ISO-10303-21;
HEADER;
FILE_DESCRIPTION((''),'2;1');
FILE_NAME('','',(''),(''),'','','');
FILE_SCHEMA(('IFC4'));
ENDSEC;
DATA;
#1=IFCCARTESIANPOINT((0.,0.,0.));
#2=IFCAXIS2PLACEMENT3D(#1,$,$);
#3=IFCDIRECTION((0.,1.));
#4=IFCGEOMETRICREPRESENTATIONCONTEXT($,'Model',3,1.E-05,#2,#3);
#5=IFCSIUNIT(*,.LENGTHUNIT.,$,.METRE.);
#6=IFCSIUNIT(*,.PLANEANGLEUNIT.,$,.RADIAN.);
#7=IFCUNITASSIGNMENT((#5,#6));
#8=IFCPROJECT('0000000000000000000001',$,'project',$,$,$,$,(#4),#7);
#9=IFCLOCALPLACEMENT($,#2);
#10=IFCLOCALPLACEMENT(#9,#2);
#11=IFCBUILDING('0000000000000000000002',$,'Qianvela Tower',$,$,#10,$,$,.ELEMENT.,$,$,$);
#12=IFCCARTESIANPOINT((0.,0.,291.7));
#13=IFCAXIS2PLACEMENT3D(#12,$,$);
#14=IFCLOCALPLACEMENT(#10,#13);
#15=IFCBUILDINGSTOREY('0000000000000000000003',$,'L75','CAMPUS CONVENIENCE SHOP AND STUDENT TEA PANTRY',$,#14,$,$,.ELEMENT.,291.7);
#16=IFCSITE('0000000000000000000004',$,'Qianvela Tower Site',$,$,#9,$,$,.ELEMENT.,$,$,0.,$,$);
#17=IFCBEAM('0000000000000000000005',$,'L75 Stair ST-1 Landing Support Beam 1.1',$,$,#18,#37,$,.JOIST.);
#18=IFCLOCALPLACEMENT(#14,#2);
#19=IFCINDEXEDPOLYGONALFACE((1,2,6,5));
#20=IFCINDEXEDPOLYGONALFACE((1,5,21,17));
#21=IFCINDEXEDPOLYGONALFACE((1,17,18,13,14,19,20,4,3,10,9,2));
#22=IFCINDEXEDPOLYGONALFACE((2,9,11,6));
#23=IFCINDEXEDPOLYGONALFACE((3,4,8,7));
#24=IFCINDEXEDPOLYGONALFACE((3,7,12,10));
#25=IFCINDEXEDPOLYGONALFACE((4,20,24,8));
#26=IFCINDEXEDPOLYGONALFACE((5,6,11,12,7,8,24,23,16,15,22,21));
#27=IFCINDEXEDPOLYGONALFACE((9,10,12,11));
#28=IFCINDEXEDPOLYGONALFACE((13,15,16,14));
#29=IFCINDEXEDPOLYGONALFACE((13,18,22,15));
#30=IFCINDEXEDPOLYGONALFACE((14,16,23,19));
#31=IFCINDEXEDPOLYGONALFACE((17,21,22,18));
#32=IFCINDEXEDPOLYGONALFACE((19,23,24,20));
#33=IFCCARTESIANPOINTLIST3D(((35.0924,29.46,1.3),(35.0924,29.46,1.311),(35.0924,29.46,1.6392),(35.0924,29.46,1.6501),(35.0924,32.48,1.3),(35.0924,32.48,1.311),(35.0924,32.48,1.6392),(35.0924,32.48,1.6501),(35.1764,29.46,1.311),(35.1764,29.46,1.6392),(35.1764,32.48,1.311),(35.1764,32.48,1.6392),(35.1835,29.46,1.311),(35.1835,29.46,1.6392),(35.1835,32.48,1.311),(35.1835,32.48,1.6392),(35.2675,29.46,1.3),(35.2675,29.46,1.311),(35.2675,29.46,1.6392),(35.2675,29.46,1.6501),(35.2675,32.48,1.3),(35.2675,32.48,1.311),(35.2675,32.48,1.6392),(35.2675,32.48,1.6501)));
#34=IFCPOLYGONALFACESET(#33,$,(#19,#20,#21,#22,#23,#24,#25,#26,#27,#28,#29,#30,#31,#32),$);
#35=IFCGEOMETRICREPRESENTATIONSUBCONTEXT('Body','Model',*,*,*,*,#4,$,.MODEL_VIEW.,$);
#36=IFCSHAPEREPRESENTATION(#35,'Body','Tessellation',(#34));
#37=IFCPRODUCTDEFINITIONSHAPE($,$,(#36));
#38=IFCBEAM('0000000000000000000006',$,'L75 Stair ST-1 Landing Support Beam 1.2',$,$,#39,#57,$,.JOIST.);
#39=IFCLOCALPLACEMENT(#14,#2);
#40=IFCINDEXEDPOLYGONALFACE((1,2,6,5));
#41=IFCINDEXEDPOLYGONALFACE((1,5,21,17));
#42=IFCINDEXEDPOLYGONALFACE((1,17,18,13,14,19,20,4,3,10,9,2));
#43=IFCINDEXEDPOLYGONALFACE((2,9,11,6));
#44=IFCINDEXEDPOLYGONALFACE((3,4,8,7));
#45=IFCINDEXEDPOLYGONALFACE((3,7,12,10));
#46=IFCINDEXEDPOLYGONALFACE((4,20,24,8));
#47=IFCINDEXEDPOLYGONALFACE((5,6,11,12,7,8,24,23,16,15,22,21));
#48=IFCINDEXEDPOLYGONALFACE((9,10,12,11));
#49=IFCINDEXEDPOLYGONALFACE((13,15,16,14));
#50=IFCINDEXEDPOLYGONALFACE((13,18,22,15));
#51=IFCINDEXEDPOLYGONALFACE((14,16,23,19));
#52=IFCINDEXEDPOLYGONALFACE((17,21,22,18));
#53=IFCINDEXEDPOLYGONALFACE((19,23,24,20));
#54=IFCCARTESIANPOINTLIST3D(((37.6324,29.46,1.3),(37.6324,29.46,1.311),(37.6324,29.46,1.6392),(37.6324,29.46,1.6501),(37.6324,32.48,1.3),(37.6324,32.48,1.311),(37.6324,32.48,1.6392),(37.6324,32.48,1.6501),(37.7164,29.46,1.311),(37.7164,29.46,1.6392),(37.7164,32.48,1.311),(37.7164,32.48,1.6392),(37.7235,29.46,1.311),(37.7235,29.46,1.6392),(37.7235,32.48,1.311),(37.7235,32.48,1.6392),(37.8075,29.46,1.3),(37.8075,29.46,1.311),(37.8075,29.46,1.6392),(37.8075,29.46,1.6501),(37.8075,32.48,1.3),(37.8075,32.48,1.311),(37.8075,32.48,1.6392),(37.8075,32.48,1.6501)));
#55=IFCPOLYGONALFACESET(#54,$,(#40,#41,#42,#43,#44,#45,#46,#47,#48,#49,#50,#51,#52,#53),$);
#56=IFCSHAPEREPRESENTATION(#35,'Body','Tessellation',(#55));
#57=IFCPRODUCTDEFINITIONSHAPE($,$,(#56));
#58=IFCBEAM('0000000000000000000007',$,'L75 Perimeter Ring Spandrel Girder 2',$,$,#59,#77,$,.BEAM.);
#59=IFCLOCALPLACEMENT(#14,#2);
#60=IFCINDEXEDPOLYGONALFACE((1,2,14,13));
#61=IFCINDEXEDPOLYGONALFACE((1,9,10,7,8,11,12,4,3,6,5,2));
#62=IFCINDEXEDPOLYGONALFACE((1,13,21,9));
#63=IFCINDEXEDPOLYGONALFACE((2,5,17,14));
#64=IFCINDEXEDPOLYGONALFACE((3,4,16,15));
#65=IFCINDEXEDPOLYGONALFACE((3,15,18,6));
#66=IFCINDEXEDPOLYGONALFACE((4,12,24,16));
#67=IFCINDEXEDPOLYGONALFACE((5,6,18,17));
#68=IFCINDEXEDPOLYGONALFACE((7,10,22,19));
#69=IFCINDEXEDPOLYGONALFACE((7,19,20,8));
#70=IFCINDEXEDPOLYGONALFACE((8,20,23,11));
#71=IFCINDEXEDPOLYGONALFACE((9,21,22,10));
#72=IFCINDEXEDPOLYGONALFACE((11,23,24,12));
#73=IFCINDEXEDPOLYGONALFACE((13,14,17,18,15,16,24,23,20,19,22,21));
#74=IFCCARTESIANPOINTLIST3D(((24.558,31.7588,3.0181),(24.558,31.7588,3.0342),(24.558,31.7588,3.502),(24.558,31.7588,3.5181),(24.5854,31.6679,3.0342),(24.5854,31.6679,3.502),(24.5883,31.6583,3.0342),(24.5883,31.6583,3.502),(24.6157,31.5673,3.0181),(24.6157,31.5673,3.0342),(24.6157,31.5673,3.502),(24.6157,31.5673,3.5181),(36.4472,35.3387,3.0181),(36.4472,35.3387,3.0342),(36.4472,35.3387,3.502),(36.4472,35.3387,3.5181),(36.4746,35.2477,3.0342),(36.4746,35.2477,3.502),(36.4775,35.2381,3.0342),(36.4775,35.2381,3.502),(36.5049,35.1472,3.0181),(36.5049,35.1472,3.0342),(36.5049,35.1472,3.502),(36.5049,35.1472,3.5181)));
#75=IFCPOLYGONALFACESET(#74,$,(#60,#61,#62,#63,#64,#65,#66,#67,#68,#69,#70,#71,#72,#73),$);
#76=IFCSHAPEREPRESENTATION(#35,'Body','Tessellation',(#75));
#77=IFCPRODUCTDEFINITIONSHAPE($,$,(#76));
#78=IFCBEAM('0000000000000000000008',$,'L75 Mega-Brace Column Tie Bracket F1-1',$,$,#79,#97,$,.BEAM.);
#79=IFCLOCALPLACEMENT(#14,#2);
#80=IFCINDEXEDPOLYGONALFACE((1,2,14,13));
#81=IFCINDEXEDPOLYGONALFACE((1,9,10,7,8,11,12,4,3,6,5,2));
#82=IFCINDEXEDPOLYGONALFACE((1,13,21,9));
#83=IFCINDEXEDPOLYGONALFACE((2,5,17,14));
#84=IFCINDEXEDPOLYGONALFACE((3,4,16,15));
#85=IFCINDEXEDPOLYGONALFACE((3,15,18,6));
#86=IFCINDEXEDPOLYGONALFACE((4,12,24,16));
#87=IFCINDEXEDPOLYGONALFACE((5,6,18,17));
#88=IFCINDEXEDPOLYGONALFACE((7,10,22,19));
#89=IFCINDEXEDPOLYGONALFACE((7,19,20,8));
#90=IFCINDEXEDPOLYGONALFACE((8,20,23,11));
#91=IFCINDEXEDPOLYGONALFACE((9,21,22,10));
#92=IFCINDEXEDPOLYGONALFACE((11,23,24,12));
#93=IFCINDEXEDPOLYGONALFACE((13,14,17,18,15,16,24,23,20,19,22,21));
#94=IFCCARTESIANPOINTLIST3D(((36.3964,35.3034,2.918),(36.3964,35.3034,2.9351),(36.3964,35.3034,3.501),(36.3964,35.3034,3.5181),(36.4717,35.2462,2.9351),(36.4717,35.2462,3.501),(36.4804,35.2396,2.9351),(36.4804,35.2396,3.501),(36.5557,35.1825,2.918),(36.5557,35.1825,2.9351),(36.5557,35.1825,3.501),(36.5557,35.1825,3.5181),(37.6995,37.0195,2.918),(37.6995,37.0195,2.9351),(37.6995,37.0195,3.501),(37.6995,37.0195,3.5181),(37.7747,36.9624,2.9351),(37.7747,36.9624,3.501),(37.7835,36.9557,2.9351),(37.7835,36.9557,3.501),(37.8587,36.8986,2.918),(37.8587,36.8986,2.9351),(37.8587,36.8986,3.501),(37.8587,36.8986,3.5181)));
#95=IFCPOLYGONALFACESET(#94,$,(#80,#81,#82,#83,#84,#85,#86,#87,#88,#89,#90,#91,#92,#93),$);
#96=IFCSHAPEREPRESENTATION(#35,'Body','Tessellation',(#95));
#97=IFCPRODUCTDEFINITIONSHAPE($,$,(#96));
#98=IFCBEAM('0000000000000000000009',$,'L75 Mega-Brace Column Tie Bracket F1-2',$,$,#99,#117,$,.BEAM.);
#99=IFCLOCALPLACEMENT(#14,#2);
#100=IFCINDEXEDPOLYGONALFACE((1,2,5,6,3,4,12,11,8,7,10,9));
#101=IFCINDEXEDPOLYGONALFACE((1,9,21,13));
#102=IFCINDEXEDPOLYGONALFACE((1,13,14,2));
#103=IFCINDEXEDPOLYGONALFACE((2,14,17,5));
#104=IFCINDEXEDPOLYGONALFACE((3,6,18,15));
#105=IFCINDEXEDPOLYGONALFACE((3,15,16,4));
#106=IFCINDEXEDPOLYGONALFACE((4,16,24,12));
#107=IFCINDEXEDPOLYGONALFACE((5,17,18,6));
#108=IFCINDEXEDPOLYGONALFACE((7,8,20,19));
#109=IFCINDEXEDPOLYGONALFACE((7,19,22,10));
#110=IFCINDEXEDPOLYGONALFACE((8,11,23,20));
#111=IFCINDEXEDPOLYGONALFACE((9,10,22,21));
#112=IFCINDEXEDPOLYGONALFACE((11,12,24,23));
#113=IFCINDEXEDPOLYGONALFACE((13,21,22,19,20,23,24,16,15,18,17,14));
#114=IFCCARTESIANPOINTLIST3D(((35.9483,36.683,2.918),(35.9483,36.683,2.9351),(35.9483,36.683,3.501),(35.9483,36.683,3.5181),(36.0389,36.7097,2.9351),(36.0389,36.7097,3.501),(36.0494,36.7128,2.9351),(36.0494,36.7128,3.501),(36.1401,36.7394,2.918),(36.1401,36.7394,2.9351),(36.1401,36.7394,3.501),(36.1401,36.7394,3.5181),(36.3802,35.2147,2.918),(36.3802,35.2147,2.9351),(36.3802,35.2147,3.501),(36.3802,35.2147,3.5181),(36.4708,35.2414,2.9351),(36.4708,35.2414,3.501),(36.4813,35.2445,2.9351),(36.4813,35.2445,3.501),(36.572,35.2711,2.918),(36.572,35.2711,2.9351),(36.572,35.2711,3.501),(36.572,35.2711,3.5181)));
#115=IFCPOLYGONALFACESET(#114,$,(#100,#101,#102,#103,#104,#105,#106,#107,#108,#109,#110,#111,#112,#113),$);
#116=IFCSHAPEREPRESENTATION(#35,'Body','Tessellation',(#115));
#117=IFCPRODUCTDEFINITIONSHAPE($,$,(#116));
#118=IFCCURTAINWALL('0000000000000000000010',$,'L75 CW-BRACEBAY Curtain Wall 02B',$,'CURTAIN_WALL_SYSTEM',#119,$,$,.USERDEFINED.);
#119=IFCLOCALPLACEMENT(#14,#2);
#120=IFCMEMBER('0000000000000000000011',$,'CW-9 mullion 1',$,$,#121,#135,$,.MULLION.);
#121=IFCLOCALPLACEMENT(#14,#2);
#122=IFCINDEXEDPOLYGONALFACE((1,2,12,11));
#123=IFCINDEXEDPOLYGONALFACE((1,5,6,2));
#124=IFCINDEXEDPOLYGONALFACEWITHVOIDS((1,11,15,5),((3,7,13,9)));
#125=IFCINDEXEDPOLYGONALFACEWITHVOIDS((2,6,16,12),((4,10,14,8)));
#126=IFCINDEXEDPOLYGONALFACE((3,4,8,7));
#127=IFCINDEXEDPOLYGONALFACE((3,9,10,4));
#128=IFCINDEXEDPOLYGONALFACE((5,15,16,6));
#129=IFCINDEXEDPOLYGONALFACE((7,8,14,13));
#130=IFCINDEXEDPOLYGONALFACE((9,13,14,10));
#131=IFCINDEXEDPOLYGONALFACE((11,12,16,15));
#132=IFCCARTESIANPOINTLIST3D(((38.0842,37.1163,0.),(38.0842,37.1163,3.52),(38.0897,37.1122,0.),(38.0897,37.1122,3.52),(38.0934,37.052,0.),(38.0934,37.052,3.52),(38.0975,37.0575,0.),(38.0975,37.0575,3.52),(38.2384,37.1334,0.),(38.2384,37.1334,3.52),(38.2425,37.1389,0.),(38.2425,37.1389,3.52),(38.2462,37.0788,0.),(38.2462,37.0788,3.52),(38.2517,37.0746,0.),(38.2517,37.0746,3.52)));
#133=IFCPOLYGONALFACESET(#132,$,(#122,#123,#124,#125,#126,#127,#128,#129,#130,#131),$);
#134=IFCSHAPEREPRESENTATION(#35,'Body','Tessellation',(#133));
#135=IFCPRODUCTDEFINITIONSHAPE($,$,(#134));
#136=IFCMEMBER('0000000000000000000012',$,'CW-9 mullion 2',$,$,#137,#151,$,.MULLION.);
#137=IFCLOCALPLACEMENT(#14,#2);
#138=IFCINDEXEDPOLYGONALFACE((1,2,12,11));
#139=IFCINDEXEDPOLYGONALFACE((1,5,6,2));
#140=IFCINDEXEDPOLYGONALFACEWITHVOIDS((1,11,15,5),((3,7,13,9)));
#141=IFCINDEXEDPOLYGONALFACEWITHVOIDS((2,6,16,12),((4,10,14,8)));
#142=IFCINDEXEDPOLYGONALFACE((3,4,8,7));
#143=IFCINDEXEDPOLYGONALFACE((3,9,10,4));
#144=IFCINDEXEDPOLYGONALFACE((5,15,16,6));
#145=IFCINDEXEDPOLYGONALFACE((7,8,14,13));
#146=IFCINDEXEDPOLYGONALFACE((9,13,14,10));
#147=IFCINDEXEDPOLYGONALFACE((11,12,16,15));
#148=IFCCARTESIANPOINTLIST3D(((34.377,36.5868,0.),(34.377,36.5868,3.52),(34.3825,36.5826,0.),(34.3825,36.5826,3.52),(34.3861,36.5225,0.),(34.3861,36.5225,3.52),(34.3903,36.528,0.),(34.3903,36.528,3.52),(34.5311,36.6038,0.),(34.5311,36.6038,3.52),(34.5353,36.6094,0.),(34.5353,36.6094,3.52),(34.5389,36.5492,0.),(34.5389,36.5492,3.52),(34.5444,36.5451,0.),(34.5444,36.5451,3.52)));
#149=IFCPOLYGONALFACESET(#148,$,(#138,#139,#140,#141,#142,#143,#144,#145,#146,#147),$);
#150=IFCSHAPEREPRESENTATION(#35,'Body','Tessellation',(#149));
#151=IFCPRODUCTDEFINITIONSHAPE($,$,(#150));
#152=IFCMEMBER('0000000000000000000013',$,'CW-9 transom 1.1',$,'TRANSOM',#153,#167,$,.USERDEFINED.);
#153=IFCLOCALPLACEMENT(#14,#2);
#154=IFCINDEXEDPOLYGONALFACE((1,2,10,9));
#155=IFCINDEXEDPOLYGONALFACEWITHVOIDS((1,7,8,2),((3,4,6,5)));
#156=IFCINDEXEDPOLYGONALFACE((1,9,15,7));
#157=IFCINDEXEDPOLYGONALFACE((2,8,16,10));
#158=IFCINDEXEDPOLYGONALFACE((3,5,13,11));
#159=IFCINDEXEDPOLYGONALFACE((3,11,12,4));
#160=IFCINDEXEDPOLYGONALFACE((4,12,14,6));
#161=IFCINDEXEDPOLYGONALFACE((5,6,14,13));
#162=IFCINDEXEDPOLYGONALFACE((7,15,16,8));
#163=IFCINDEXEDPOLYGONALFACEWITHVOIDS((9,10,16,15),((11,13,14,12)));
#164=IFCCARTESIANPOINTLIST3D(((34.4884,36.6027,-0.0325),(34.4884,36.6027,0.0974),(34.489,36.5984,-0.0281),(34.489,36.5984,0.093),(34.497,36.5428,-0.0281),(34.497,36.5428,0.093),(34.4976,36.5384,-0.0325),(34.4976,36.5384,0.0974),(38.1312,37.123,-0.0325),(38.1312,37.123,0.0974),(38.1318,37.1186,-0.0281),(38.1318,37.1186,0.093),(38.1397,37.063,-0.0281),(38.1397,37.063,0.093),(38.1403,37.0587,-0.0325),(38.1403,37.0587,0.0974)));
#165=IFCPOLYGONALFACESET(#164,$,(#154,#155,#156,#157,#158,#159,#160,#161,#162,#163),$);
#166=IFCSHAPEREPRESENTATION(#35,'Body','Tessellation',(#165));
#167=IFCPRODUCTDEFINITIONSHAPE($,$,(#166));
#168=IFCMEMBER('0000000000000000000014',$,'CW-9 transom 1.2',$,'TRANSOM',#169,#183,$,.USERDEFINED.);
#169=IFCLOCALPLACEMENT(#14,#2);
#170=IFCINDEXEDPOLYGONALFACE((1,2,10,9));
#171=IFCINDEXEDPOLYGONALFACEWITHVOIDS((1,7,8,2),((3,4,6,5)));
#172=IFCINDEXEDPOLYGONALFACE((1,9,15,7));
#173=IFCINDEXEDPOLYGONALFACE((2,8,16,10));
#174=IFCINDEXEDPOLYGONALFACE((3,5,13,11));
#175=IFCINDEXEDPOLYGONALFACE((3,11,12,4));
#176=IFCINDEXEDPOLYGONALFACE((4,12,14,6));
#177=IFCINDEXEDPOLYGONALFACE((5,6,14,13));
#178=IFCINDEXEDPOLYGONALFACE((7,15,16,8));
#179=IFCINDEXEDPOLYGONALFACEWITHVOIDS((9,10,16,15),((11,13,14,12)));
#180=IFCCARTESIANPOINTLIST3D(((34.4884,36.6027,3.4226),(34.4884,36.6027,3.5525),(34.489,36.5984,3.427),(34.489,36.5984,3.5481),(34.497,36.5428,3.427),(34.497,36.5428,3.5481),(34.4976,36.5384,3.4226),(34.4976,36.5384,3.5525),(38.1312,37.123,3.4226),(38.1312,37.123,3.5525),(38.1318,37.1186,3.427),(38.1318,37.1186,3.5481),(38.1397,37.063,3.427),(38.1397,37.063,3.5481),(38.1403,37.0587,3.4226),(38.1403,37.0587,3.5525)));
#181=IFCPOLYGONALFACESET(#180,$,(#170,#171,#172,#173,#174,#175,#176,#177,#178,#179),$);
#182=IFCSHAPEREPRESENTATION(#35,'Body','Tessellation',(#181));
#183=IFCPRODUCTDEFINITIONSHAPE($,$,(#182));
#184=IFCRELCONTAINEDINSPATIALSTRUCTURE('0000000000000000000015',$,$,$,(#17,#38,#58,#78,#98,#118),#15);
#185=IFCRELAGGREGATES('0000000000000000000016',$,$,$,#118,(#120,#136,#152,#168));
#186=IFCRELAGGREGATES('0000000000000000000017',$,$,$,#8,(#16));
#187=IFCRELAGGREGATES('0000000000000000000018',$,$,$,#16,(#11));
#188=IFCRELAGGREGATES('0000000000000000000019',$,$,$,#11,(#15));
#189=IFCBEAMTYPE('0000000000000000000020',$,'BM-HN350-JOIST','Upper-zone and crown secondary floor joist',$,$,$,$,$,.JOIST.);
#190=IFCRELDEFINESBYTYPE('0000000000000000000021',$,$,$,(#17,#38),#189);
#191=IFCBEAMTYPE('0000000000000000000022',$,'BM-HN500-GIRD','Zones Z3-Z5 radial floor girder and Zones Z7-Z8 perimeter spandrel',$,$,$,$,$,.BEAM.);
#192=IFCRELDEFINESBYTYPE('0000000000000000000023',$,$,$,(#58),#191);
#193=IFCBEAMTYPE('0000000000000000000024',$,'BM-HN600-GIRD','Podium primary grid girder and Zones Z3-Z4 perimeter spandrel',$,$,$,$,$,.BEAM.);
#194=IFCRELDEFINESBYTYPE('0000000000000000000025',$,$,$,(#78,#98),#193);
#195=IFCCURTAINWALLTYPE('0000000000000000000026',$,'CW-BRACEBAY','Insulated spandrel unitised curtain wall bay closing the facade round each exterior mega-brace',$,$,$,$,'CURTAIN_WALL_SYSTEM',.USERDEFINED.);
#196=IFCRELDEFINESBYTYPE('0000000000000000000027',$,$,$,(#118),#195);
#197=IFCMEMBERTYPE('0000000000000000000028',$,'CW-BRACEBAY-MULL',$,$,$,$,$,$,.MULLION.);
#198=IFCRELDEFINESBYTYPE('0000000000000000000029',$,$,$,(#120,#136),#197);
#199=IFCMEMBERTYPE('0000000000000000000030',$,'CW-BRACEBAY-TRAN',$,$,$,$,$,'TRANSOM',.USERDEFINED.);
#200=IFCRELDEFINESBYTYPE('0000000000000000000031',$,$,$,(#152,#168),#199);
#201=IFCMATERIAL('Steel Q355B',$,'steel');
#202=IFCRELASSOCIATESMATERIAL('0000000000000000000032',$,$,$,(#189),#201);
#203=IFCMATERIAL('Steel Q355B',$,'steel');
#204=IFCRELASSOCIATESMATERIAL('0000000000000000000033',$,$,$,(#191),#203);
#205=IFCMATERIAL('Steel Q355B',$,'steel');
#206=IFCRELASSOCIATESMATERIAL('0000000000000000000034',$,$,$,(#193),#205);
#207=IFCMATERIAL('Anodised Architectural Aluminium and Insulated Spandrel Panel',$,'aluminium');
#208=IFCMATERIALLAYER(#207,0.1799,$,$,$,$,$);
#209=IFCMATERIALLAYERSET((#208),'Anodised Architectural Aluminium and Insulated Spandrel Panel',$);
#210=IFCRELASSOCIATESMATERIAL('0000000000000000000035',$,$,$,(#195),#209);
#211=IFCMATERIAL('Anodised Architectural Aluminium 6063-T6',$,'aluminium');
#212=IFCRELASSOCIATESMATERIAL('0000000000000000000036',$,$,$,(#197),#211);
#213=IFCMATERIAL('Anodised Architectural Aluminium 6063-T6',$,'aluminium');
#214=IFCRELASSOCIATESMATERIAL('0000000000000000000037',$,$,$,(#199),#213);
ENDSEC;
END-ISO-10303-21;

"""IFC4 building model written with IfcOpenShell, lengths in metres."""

from ifc_helpers import new_model, si_unit, direction, frame, origin, origin_2d, place, context, subcontext, project, spatial, hollow_rectangle, i_section, extrude, material, layer, layer_set, material_profile, profile_set, type_object, element, aggregate, save


model = new_model("IFC4")

# Units and contexts
model_context = context("Model", 3, precision=1e-05, world=origin(), true_north=direction((0.0, 1.0)))
body_context = subcontext(model_context, "Body", "Model", "MODEL_VIEW")
ifc_project = project(units=[si_unit("LENGTHUNIT", "METRE"), si_unit("PLANEANGLEUNIT", "RADIAN")], contexts=[model_context])

# Site, building, storey
site_placement = place(None, origin())
site = spatial("IfcSite", under=ifc_project, at=site_placement, Name="Qianvela Tower Site", CompositionType="ELEMENT", RefElevation=0.0)
building_placement = place(site_placement, origin())
building = spatial("IfcBuilding", under=site, at=building_placement, Name="Qianvela Tower", CompositionType="ELEMENT")
storey_placement = place(building_placement, frame((0.0, 0.0, 291.7)))
storey = spatial("IfcBuildingStorey", under=building, at=storey_placement, Name="L75", Description="CAMPUS CONVENIENCE SHOP AND STUDENT TEA PANTRY", CompositionType="ELEMENT", Elevation=291.7)

# Beams
ifc_material_1 = material(Name="Steel Q355B", Category="steel")
ifc_material_profile_1 = material_profile(ifc_material_1, i_section(OverallWidth=0.175, OverallDepth=0.3501, WebThickness=0.0071, FlangeThickness=0.011, at=origin_2d()), Name="HN350x175x7x11")
ifc_profile_set_1 = profile_set([ifc_material_profile_1], Name="Steel Q355B")
beam_type_1 = type_object("IfcBeamType", Name="BM-HN350-JOIST", Description="Upper-zone and crown secondary floor joist", PredefinedType="JOIST", material=ifc_profile_set_1)
for number, where, z_axis, x_axis, name in (
    (1, (35.1799, 29.46, 1.4751), (0.0, 1.0, 0.0), (-1.0, 0.0, 0.0), "L75 Stair ST-1 Landing Support Beam 1.1"),
    (2, (37.72, 29.46, 1.4751), (0.0, 1.0, 0.0), (-1.0, 0.0, 0.0), "L75 Stair ST-1 Landing Support Beam 1.2"),
):
    element("IfcBeam", number, at=place(storey_placement, frame(where, z_axis=z_axis, x_axis=x_axis)), inside=storey, type_object=beam_type_1, Name=name, PredefinedType="JOIST", context=body_context, shape_type="SweptSolid", body=[
        extrude(i_section(OverallWidth=0.175, OverallDepth=0.3501, WebThickness=0.0071, FlangeThickness=0.011, at=origin_2d()), origin(), (0.0, 0.0, 1.0), 3.02),
    ])
ifc_material_2 = material(Name="Steel Q355B", Category="steel")
ifc_material_profile_2 = material_profile(ifc_material_2, i_section(OverallWidth=0.2, OverallDepth=0.5, WebThickness=0.01, FlangeThickness=0.0161, at=origin_2d()), Name="HN500x200x10x16")
ifc_profile_set_2 = profile_set([ifc_material_profile_2], Name="Steel Q355B")
beam_type_2 = type_object("IfcBeamType", Name="BM-HN500-GIRD", Description="Zones Z3-Z5 radial floor girder and Zones Z7-Z8 perimeter spandrel", PredefinedType="BEAM", material=ifc_profile_set_2)
beam_1_placement = place(storey_placement, frame((36.4761, 35.2429, 3.2681), z_axis=(-0.957536, -0.288315, 0.0), x_axis=(0.288315, -0.957536, 0.0)))
element("IfcBeam", 3, at=beam_1_placement, inside=storey, type_object=beam_type_2, Name="L75 Perimeter Ring Spandrel Girder 2", PredefinedType="BEAM", context=body_context, shape_type="SweptSolid", body=[
    extrude(i_section(OverallWidth=0.2, OverallDepth=0.5, WebThickness=0.01, FlangeThickness=0.0161, at=origin_2d()), origin(), (0.0, 0.0, 1.0), 12.4165),
])
ifc_material_3 = material(Name="Steel Q355B", Category="steel")
ifc_material_profile_3 = material_profile(ifc_material_3, i_section(OverallWidth=0.2, OverallDepth=0.6001, WebThickness=0.011, FlangeThickness=0.0171, at=origin_2d()), Name="HN600x200x11x17")
ifc_profile_set_3 = profile_set([ifc_material_profile_3], Name="Steel Q355B")
beam_type_3 = type_object("IfcBeamType", Name="BM-HN600-GIRD", Description="Podium primary grid girder and Zones Z3-Z4 perimeter spandrel", PredefinedType="BEAM", material=ifc_profile_set_3)
beam_2_placement = place(storey_placement, frame((36.4761, 35.2429, 3.218), z_axis=(0.604721, 0.796437, 0.0), x_axis=(-0.796437, 0.604721, 0.0)))
element("IfcBeam", 4, at=beam_2_placement, inside=storey, type_object=beam_type_3, Name="L75 Mega-Brace Column Tie Bracket F1-1", PredefinedType="BEAM", context=body_context, shape_type="SweptSolid", body=[
    extrude(i_section(OverallWidth=0.2, OverallDepth=0.6001, WebThickness=0.011, FlangeThickness=0.0171, at=origin_2d()), origin(), (0.0, 0.0, 1.0), 2.1548),
])
beam_3_placement = place(storey_placement, frame((36.4761, 35.2429, 3.218), z_axis=(-0.282192, 0.959358, 0.0), x_axis=(-0.959358, -0.282192, 0.0)))
element("IfcBeam", 5, at=beam_3_placement, inside=storey, type_object=beam_type_3, Name="L75 Mega-Brace Column Tie Bracket F1-2", PredefinedType="BEAM", context=body_context, shape_type="SweptSolid", body=[
    extrude(i_section(OverallWidth=0.2, OverallDepth=0.6001, WebThickness=0.011, FlangeThickness=0.0171, at=origin_2d()), origin(), (0.0, 0.0, 1.0), 1.5305),
])

# Curtain wall, members
ifc_material_4 = material(Name="Anodised Architectural Aluminium and Insulated Spandrel Panel", Category="aluminium")
ifc_layer_1 = layer(ifc_material_4, 0.1799)
ifc_layer_set_1 = layer_set([ifc_layer_1], Name="Anodised Architectural Aluminium and Insulated Spandrel Panel")
curtain_wall_type_1 = type_object("IfcCurtainWallType", Name="CW-BRACEBAY", Description="Insulated spandrel unitised curtain wall bay closing the facade round each exterior mega-brace", ElementType="CURTAIN_WALL_SYSTEM", PredefinedType="USERDEFINED", material=ifc_layer_set_1)
curtain_wall_1_placement = place(storey_placement, origin())
curtain_wall_1 = element("IfcCurtainWall", 6, at=curtain_wall_1_placement, inside=storey, type_object=curtain_wall_type_1, Name="L75 CW-BRACEBAY Curtain Wall 02B", ObjectType="CURTAIN_WALL_SYSTEM", PredefinedType="USERDEFINED")
ifc_material_5 = material(Name="Anodised Architectural Aluminium 6063-T6", Category="aluminium")
ifc_material_profile_4 = material_profile(ifc_material_5, hollow_rectangle(XDim=0.0649, YDim=0.1599, WallThickness=0.0049, at=origin_2d()), Name="ALU-MULL-65x160")
ifc_profile_set_4 = profile_set([ifc_material_profile_4], Name="Anodised Architectural Aluminium 6063-T6")
member_type_1 = type_object("IfcMemberType", Name="CW-BRACEBAY-MULL", PredefinedType="MULLION", material=ifc_profile_set_4)
member_1_placement = place(storey_placement, frame((38.168, 37.0955, 0.0), z_axis=(0.0, 0.0, 1.0), x_axis=(0.141366, -0.989957, 0.0)))
member_1 = element("IfcMember", 7, at=member_1_placement, type_object=member_type_1, Name="CW-9 mullion 1", PredefinedType="MULLION", context=body_context, shape_type="SweptSolid", body=[
    extrude(hollow_rectangle(XDim=0.0649, YDim=0.1599, WallThickness=0.0049, at=origin_2d()), origin(), (0.0, 0.0, 1.0), 3.52),
])
member_2_placement = place(storey_placement, frame((34.4607, 36.5659, 0.0), z_axis=(0.0, 0.0, 1.0), x_axis=(0.141366, -0.989957, 0.0)))
member_2 = element("IfcMember", 8, at=member_2_placement, type_object=member_type_1, Name="CW-9 mullion 2", PredefinedType="MULLION", context=body_context, shape_type="SweptSolid", body=[
    extrude(hollow_rectangle(XDim=0.0649, YDim=0.1599, WallThickness=0.0049, at=origin_2d()), origin(), (0.0, 0.0, 1.0), 3.52),
])
ifc_material_6 = material(Name="Anodised Architectural Aluminium 6063-T6", Category="aluminium")
ifc_material_profile_5 = material_profile(ifc_material_6, hollow_rectangle(XDim=0.0649, YDim=0.1299, WallThickness=0.0044, at=origin_2d()), Name="ALU-TRAN-65x130")
ifc_profile_set_5 = profile_set([ifc_material_profile_5], Name="Anodised Architectural Aluminium 6063-T6")
member_type_2 = type_object("IfcMemberType", Name="CW-BRACEBAY-TRAN", ElementType="TRANSOM", PredefinedType="USERDEFINED", material=ifc_profile_set_5)
member_3_placement = place(storey_placement, frame((38.1357, 37.0908, 0.0325), z_axis=(-0.989955, -0.141384, 0.0), x_axis=(0.141384, -0.989955, 0.0)))
member_3 = element("IfcMember", 9, at=member_3_placement, type_object=member_type_2, Name="CW-9 transom 1.1", ObjectType="TRANSOM", PredefinedType="USERDEFINED", context=body_context, shape_type="SweptSolid", body=[
    extrude(hollow_rectangle(XDim=0.0649, YDim=0.1299, WallThickness=0.0044, at=origin_2d()), origin(), (0.0, 0.0, 1.0), 3.6797),
])
member_4_placement = place(storey_placement, frame((38.1357, 37.0908, 3.4875), z_axis=(-0.989955, -0.141384, 0.0), x_axis=(0.141384, -0.989955, 0.0)))
member_4 = element("IfcMember", 10, at=member_4_placement, type_object=member_type_2, Name="CW-9 transom 1.2", ObjectType="TRANSOM", PredefinedType="USERDEFINED", context=body_context, shape_type="SweptSolid", body=[
    extrude(hollow_rectangle(XDim=0.0649, YDim=0.1299, WallThickness=0.0044, at=origin_2d()), origin(), (0.0, 0.0, 1.0), 3.6797),
])

aggregate(curtain_wall_1, [member_1, member_2, member_3, member_4])

save(model, "model.ifc")
